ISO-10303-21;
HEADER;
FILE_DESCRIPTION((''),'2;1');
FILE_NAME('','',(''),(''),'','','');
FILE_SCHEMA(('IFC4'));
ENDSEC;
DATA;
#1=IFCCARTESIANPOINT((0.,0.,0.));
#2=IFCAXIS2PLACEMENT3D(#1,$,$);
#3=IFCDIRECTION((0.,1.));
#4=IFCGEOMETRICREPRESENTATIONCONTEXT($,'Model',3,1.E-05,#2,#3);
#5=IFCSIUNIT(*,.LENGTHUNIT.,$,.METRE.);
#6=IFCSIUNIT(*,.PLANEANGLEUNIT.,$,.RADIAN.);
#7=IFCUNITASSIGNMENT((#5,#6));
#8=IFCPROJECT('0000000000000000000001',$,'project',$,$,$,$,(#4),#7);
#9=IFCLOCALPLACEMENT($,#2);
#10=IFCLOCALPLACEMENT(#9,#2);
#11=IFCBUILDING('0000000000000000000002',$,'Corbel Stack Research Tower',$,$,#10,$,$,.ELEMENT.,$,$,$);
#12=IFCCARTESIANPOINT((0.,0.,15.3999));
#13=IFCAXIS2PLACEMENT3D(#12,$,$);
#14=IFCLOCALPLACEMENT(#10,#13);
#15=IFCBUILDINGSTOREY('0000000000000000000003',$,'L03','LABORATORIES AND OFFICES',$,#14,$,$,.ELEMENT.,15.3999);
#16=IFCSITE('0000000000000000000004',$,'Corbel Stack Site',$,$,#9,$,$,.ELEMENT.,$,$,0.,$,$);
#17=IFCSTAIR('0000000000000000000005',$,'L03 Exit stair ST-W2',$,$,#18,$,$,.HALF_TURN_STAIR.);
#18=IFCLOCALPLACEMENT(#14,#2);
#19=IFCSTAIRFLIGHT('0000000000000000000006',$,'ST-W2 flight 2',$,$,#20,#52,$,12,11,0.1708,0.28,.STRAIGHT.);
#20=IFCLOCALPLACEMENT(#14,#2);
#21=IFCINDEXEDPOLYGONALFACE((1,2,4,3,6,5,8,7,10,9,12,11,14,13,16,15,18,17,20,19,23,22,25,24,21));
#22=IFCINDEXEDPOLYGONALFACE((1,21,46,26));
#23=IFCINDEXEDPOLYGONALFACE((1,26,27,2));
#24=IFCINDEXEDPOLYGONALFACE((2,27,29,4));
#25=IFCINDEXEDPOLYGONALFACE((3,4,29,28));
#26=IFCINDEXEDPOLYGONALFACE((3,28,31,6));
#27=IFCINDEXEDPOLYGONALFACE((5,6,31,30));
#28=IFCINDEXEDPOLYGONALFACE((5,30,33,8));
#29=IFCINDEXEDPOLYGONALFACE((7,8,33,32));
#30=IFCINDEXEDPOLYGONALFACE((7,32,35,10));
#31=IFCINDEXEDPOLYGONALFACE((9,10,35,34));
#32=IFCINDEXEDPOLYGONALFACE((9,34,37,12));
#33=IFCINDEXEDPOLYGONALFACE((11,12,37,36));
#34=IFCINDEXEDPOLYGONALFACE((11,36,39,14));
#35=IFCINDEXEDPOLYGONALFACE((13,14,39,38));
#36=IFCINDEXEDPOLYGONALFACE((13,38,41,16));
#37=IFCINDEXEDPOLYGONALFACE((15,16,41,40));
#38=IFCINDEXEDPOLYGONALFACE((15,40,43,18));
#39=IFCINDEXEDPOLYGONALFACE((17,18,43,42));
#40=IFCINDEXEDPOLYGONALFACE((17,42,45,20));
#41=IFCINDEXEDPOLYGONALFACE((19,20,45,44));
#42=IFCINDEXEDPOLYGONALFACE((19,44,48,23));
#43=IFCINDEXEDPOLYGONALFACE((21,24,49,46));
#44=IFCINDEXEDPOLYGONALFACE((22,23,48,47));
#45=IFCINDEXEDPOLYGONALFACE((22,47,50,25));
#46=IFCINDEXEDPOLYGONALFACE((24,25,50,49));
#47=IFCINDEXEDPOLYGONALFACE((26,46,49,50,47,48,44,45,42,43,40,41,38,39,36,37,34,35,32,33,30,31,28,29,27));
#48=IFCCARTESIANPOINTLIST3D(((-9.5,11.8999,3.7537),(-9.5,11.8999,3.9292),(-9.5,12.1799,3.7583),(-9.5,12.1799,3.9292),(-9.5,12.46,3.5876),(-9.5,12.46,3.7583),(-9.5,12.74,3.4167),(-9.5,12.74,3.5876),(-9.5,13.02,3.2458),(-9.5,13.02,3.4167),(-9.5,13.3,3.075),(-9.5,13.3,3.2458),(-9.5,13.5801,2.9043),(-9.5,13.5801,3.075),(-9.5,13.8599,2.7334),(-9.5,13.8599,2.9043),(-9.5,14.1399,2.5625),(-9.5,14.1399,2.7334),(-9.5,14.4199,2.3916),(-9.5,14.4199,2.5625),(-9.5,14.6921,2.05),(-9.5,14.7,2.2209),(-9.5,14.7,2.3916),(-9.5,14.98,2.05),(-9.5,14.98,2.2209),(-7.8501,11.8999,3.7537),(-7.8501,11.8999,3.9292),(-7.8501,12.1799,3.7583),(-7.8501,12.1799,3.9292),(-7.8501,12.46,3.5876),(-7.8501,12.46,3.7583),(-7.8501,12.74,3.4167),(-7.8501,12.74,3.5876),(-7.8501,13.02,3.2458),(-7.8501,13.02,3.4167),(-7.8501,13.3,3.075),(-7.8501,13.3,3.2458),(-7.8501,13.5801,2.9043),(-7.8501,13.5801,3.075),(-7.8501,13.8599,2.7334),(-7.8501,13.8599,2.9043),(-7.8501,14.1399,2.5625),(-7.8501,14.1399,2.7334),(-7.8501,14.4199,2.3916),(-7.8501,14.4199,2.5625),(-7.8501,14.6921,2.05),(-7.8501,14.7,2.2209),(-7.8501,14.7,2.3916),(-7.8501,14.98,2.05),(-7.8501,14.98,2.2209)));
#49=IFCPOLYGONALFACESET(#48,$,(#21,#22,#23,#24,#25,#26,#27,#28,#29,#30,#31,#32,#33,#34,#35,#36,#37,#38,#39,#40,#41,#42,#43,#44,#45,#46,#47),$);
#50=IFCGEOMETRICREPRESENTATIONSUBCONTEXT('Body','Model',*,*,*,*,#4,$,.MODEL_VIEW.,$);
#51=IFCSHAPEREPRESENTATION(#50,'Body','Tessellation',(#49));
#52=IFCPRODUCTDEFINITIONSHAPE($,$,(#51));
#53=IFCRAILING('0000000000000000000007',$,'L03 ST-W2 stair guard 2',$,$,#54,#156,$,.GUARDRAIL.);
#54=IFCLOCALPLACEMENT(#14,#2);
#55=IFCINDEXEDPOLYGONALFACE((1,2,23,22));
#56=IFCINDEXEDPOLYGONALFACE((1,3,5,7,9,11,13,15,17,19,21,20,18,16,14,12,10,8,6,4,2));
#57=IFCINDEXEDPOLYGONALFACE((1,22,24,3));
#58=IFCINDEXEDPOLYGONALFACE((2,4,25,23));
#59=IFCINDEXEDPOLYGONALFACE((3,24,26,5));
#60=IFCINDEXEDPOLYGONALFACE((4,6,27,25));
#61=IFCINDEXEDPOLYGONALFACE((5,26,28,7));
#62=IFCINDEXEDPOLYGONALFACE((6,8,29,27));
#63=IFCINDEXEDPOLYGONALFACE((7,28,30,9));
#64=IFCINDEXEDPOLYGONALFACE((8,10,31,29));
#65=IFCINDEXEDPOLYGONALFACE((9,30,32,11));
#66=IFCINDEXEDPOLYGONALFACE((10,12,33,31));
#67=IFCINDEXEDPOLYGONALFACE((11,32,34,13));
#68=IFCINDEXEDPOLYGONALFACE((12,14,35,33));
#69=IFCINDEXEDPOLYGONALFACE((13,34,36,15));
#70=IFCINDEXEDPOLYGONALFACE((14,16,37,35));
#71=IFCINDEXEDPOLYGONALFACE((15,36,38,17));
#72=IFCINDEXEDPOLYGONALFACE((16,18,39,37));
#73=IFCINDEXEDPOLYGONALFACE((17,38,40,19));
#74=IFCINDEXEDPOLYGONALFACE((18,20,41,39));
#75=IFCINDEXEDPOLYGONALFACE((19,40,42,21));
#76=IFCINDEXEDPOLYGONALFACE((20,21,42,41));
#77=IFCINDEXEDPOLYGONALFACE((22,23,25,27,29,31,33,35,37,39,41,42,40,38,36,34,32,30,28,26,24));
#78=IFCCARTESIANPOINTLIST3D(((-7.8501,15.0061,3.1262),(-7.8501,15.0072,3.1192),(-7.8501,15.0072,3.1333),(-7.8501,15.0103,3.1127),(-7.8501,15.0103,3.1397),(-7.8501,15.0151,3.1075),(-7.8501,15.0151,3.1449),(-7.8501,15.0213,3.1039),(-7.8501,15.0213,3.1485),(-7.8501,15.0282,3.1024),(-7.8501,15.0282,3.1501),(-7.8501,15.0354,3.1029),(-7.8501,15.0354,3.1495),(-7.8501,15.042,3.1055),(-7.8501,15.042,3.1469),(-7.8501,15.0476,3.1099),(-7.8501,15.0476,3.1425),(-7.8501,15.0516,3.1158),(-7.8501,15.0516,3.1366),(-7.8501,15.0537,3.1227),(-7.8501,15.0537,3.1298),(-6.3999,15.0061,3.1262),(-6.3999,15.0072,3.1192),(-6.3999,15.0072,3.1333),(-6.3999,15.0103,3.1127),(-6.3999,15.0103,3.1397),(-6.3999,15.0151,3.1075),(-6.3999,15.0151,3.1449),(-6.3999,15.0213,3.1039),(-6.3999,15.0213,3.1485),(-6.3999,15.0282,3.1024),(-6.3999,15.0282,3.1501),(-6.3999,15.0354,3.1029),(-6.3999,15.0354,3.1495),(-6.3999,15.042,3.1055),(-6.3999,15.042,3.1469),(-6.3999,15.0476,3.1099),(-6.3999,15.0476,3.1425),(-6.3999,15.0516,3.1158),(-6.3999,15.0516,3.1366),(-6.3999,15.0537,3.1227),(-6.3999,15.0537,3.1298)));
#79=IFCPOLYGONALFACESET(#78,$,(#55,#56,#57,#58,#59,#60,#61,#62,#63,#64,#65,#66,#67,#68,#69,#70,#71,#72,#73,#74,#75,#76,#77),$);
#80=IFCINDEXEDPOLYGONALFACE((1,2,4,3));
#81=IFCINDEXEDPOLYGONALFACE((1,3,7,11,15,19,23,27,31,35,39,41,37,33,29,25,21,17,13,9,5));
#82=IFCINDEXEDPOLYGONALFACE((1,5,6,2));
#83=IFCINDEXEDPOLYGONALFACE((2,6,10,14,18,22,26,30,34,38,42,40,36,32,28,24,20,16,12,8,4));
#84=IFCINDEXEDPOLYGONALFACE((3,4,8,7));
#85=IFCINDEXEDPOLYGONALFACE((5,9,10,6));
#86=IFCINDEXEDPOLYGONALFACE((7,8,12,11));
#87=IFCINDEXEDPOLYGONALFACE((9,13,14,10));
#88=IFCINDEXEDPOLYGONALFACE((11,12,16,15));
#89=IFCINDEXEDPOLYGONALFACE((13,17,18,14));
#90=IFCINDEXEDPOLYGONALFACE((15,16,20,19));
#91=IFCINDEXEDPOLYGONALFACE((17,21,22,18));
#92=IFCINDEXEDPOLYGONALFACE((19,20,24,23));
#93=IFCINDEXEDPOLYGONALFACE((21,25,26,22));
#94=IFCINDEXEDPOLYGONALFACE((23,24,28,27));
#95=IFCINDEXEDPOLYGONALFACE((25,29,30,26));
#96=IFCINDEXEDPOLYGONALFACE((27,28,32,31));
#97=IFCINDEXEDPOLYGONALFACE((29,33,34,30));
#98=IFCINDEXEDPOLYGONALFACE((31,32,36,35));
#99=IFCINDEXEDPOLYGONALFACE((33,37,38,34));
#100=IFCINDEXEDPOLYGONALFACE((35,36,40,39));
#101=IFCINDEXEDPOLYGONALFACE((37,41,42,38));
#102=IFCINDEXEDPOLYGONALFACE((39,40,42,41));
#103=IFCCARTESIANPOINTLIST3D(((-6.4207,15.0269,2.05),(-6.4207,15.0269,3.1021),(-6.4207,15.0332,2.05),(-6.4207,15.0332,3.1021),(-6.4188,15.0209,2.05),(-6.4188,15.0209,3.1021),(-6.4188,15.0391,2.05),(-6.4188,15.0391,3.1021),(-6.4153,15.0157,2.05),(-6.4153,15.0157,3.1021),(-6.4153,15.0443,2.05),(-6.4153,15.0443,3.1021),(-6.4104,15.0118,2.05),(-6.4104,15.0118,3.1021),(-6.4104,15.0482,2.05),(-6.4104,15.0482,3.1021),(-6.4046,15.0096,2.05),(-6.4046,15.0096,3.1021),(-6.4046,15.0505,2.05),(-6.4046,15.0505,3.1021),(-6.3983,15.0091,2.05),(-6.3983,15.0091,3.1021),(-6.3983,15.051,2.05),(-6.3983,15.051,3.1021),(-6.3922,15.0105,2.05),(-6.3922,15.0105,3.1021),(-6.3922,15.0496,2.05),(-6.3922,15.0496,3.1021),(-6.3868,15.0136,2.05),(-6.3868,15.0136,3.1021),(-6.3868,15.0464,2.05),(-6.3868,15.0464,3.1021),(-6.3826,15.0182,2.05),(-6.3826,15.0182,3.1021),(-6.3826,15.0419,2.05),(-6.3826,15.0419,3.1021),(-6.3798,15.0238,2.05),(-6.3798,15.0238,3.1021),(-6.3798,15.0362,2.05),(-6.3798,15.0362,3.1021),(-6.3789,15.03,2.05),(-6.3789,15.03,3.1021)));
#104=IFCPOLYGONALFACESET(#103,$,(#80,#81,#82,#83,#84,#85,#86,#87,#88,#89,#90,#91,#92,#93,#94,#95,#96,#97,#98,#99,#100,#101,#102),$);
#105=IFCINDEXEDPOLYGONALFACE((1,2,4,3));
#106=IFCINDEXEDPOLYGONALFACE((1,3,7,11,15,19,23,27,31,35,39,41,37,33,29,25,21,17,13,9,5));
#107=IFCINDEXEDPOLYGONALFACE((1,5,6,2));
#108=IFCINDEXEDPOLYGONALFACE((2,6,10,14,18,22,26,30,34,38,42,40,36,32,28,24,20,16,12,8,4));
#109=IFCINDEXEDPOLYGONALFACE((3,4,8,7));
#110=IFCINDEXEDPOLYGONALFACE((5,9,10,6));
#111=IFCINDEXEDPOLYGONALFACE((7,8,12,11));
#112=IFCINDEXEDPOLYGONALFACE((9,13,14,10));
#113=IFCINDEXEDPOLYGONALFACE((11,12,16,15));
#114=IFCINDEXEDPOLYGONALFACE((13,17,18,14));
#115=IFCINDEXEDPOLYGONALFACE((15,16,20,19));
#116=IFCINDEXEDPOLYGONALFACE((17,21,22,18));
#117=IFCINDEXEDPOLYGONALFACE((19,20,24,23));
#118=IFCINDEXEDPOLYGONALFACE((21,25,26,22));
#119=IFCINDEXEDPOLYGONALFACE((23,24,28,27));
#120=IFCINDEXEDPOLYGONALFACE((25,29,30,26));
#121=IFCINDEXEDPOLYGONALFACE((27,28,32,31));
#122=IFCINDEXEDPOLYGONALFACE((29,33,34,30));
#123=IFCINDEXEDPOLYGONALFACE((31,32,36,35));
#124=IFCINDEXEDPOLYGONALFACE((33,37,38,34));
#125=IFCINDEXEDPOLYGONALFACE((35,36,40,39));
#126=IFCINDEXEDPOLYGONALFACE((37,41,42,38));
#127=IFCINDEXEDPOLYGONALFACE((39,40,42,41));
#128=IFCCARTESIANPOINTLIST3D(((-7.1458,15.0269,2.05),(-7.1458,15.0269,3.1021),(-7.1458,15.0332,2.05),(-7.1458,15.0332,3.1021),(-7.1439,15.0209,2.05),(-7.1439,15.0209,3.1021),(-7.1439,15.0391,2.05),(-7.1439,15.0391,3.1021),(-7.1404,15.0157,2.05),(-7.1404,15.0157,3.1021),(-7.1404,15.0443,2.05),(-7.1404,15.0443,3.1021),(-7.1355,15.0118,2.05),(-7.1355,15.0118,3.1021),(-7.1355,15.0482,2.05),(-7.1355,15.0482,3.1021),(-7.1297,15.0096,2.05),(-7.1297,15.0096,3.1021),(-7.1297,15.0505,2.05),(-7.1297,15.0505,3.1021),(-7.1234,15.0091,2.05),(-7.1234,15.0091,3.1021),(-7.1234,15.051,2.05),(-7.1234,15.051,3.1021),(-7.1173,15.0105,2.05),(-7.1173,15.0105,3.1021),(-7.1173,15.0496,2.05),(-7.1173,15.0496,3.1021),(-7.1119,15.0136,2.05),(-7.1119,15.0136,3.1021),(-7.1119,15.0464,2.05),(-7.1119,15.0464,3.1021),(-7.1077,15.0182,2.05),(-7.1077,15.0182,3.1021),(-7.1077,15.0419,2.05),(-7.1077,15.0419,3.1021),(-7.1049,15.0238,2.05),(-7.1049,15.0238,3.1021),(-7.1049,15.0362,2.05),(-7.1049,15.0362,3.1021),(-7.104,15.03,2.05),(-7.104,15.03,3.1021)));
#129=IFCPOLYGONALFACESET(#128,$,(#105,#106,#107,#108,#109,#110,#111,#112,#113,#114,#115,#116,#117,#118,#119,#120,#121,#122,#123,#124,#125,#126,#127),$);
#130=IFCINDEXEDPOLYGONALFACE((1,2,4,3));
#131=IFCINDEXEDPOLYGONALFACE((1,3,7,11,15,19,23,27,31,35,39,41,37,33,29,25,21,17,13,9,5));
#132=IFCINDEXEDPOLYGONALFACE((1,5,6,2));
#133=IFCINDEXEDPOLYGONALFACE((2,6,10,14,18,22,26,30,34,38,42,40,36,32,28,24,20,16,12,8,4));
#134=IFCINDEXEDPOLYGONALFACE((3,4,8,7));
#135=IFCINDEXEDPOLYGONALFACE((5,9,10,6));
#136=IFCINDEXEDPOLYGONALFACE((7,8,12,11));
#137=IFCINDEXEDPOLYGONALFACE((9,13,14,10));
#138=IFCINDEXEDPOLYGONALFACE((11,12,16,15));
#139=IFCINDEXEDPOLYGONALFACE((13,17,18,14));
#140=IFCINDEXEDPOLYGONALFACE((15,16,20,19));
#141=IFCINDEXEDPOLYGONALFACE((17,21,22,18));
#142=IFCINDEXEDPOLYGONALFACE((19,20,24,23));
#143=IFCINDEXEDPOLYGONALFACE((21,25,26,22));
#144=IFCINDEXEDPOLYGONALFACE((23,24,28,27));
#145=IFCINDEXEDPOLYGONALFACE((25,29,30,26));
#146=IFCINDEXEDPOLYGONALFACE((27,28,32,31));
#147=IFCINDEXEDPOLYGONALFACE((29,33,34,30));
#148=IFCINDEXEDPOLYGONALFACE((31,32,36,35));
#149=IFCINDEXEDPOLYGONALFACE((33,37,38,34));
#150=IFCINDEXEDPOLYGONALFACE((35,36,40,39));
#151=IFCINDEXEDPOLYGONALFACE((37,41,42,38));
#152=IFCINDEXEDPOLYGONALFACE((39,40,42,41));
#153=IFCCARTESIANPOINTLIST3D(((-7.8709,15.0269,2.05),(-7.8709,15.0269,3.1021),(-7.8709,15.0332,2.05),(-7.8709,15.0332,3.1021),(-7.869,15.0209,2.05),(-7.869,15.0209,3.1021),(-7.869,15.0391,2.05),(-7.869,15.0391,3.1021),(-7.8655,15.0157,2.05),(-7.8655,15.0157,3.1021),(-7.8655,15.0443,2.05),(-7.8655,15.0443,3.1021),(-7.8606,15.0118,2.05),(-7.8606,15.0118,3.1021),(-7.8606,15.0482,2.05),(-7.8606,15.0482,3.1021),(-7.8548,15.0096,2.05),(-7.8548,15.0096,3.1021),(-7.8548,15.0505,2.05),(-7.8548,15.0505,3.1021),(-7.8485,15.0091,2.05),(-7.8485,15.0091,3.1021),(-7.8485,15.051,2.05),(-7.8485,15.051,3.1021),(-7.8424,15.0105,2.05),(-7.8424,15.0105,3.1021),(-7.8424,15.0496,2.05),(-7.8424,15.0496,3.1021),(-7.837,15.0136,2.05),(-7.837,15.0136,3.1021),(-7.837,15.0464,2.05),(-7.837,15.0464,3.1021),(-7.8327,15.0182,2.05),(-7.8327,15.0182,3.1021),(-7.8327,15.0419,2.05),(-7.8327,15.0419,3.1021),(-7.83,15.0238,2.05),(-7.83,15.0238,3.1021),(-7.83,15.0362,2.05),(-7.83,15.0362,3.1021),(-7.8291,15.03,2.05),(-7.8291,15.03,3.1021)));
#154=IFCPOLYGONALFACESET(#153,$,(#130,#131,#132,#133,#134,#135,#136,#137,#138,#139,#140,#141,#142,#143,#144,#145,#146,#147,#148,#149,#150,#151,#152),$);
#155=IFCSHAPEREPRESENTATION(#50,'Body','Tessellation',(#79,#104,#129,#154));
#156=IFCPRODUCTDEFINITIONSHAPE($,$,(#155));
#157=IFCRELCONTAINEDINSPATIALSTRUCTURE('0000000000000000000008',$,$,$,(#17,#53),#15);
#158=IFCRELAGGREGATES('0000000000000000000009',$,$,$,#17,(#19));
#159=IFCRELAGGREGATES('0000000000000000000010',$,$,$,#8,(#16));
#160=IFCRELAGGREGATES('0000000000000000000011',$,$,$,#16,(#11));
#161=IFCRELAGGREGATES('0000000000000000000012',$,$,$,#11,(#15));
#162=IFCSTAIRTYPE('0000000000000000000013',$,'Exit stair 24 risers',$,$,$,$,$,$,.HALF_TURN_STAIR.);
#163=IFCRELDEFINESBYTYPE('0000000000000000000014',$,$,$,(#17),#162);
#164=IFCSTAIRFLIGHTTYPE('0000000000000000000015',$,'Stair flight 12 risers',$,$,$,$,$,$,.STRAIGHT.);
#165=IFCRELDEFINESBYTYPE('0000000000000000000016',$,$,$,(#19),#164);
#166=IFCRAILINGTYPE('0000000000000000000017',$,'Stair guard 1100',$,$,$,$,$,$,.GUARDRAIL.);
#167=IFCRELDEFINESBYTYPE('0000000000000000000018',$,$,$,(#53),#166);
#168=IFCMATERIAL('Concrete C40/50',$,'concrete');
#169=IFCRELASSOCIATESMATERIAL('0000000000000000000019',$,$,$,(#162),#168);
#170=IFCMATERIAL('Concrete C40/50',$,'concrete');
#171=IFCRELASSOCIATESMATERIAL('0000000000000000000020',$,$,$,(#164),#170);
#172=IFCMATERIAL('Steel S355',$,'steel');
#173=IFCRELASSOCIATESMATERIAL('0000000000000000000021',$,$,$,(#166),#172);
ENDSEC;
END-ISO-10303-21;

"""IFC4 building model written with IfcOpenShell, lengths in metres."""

from ifc_helpers import new_model, si_unit, direction, frame, origin, origin_2d, place, context, subcontext, project, spatial, polyline, circle, outline, extrude, material, type_object, element, aggregate, save


model = new_model("IFC4")

# Units and contexts
model_context = context("Model", 3, precision=1e-05, world=origin(), true_north=direction((0.0, 1.0)))
body_context = subcontext(model_context, "Body", "Model", "MODEL_VIEW")
ifc_project = project(units=[si_unit("LENGTHUNIT", "METRE"), si_unit("PLANEANGLEUNIT", "RADIAN")], contexts=[model_context])

# Site, building, storey
site_placement = place(None, origin())
site = spatial("IfcSite", under=ifc_project, at=site_placement, Name="Corbel Stack Site", CompositionType="ELEMENT", RefElevation=0.0)
building_placement = place(site_placement, origin())
building = spatial("IfcBuilding", under=site, at=building_placement, Name="Corbel Stack Research Tower", CompositionType="ELEMENT")
storey_placement = place(building_placement, frame((0.0, 0.0, 15.3999)))
storey = spatial("IfcBuildingStorey", under=building, at=storey_placement, Name="L03", Description="LABORATORIES AND OFFICES", CompositionType="ELEMENT", Elevation=15.3999)

# Stair, stair flight
ifc_material_1 = material(Name="Concrete C40/50", Category="concrete")
stair_type = type_object("IfcStairType", Name="Exit stair 24 risers", PredefinedType="HALF_TURN_STAIR", material=ifc_material_1)
stair_placement = place(storey_placement, origin())
stair = element("IfcStair", 1, at=stair_placement, inside=storey, type_object=stair_type, Name="L03 Exit stair ST-W2", PredefinedType="HALF_TURN_STAIR")
ifc_material_2 = material(Name="Concrete C40/50", Category="concrete")
stair_flight_type = type_object("IfcStairFlightType", Name="Stair flight 12 risers", PredefinedType="STRAIGHT", material=ifc_material_2)
stair_flight_1_placement = place(storey_placement, frame((-8.675, 14.98, 2.05), z_axis=(0.0, 0.0, 1.0), x_axis=(0.0, -1.0, 0.0)))
stair_flight_1 = element("IfcStairFlight", 2, at=stair_flight_1_placement, type_object=stair_flight_type, Name="ST-W2 flight 2", NumberOfRisers=12, NumberOfTreads=11, PredefinedType="STRAIGHT", RiserHeight=0.1708, TreadLength=0.28, context=body_context, shape_type="SweptSolid", body=[
    extrude(outline(polyline([(0.0, 0.0), (0.0, 0.1709), (0.28, 0.1709), (0.28, 0.3416), (0.5601, 0.3416), (0.5601, 0.5125), (0.8401, 0.5125), (0.8401, 0.6833), (1.1201, 0.6833), (1.1201, 0.8542), (1.3999, 0.8542), (1.3999, 1.0249), (1.6799, 1.0249), (1.6799, 1.1958), (1.96, 1.1958), (1.96, 1.3667), (2.24, 1.3667), (2.24, 1.5376), (2.52, 1.5376), (2.52, 1.7083), (2.8, 1.7083), (2.8, 1.8792), (3.0801, 1.8792), (3.0801, 2.05), (3.0801, 1.7036), (0.2878, 0.0), (0.0, 0.0)])), frame((0.0, 0.825, 0.0), z_axis=(0.0, -1.0, 0.0), x_axis=(1.0, 0.0, 0.0)), (0.0, 0.0, 1.0), 1.6499),
])
aggregate(stair, [stair_flight_1])

# Railing
ifc_material_3 = material(Name="Steel S355", Category="steel")
railing_type_1 = type_object("IfcRailingType", Name="Stair guard 1100", PredefinedType="GUARDRAIL", material=ifc_material_3)
railing_1_placement = place(storey_placement, frame((-6.3999, 15.03, 2.05)))
element("IfcRailing", 3, at=railing_1_placement, inside=storey, type_object=railing_type_1, Name="L03 ST-W2 stair guard 2", PredefinedType="GUARDRAIL", context=body_context, shape_type="SweptSolid", body=[
    extrude(circle(Radius=0.0239, at=origin_2d()), frame((0.0, 0.0, 1.0762), z_axis=(-1.0, 0.0, 0.0), x_axis=(0.0, -1.0, 0.0)), (0.0, 0.0, 1.0), 1.4502),
    extrude(circle(Radius=0.021, at=origin_2d()), origin(), (0.0, 0.0, 1.0), 1.052),
    extrude(circle(Radius=0.021, at=origin_2d()), frame((-0.7251, 0.0, 0.0)), (0.0, 0.0, 1.0), 1.052),
    extrude(circle(Radius=0.021, at=origin_2d()), frame((-1.4502, 0.0, 0.0)), (0.0, 0.0, 1.0), 1.052),
])

save(model, "model.ifc")
